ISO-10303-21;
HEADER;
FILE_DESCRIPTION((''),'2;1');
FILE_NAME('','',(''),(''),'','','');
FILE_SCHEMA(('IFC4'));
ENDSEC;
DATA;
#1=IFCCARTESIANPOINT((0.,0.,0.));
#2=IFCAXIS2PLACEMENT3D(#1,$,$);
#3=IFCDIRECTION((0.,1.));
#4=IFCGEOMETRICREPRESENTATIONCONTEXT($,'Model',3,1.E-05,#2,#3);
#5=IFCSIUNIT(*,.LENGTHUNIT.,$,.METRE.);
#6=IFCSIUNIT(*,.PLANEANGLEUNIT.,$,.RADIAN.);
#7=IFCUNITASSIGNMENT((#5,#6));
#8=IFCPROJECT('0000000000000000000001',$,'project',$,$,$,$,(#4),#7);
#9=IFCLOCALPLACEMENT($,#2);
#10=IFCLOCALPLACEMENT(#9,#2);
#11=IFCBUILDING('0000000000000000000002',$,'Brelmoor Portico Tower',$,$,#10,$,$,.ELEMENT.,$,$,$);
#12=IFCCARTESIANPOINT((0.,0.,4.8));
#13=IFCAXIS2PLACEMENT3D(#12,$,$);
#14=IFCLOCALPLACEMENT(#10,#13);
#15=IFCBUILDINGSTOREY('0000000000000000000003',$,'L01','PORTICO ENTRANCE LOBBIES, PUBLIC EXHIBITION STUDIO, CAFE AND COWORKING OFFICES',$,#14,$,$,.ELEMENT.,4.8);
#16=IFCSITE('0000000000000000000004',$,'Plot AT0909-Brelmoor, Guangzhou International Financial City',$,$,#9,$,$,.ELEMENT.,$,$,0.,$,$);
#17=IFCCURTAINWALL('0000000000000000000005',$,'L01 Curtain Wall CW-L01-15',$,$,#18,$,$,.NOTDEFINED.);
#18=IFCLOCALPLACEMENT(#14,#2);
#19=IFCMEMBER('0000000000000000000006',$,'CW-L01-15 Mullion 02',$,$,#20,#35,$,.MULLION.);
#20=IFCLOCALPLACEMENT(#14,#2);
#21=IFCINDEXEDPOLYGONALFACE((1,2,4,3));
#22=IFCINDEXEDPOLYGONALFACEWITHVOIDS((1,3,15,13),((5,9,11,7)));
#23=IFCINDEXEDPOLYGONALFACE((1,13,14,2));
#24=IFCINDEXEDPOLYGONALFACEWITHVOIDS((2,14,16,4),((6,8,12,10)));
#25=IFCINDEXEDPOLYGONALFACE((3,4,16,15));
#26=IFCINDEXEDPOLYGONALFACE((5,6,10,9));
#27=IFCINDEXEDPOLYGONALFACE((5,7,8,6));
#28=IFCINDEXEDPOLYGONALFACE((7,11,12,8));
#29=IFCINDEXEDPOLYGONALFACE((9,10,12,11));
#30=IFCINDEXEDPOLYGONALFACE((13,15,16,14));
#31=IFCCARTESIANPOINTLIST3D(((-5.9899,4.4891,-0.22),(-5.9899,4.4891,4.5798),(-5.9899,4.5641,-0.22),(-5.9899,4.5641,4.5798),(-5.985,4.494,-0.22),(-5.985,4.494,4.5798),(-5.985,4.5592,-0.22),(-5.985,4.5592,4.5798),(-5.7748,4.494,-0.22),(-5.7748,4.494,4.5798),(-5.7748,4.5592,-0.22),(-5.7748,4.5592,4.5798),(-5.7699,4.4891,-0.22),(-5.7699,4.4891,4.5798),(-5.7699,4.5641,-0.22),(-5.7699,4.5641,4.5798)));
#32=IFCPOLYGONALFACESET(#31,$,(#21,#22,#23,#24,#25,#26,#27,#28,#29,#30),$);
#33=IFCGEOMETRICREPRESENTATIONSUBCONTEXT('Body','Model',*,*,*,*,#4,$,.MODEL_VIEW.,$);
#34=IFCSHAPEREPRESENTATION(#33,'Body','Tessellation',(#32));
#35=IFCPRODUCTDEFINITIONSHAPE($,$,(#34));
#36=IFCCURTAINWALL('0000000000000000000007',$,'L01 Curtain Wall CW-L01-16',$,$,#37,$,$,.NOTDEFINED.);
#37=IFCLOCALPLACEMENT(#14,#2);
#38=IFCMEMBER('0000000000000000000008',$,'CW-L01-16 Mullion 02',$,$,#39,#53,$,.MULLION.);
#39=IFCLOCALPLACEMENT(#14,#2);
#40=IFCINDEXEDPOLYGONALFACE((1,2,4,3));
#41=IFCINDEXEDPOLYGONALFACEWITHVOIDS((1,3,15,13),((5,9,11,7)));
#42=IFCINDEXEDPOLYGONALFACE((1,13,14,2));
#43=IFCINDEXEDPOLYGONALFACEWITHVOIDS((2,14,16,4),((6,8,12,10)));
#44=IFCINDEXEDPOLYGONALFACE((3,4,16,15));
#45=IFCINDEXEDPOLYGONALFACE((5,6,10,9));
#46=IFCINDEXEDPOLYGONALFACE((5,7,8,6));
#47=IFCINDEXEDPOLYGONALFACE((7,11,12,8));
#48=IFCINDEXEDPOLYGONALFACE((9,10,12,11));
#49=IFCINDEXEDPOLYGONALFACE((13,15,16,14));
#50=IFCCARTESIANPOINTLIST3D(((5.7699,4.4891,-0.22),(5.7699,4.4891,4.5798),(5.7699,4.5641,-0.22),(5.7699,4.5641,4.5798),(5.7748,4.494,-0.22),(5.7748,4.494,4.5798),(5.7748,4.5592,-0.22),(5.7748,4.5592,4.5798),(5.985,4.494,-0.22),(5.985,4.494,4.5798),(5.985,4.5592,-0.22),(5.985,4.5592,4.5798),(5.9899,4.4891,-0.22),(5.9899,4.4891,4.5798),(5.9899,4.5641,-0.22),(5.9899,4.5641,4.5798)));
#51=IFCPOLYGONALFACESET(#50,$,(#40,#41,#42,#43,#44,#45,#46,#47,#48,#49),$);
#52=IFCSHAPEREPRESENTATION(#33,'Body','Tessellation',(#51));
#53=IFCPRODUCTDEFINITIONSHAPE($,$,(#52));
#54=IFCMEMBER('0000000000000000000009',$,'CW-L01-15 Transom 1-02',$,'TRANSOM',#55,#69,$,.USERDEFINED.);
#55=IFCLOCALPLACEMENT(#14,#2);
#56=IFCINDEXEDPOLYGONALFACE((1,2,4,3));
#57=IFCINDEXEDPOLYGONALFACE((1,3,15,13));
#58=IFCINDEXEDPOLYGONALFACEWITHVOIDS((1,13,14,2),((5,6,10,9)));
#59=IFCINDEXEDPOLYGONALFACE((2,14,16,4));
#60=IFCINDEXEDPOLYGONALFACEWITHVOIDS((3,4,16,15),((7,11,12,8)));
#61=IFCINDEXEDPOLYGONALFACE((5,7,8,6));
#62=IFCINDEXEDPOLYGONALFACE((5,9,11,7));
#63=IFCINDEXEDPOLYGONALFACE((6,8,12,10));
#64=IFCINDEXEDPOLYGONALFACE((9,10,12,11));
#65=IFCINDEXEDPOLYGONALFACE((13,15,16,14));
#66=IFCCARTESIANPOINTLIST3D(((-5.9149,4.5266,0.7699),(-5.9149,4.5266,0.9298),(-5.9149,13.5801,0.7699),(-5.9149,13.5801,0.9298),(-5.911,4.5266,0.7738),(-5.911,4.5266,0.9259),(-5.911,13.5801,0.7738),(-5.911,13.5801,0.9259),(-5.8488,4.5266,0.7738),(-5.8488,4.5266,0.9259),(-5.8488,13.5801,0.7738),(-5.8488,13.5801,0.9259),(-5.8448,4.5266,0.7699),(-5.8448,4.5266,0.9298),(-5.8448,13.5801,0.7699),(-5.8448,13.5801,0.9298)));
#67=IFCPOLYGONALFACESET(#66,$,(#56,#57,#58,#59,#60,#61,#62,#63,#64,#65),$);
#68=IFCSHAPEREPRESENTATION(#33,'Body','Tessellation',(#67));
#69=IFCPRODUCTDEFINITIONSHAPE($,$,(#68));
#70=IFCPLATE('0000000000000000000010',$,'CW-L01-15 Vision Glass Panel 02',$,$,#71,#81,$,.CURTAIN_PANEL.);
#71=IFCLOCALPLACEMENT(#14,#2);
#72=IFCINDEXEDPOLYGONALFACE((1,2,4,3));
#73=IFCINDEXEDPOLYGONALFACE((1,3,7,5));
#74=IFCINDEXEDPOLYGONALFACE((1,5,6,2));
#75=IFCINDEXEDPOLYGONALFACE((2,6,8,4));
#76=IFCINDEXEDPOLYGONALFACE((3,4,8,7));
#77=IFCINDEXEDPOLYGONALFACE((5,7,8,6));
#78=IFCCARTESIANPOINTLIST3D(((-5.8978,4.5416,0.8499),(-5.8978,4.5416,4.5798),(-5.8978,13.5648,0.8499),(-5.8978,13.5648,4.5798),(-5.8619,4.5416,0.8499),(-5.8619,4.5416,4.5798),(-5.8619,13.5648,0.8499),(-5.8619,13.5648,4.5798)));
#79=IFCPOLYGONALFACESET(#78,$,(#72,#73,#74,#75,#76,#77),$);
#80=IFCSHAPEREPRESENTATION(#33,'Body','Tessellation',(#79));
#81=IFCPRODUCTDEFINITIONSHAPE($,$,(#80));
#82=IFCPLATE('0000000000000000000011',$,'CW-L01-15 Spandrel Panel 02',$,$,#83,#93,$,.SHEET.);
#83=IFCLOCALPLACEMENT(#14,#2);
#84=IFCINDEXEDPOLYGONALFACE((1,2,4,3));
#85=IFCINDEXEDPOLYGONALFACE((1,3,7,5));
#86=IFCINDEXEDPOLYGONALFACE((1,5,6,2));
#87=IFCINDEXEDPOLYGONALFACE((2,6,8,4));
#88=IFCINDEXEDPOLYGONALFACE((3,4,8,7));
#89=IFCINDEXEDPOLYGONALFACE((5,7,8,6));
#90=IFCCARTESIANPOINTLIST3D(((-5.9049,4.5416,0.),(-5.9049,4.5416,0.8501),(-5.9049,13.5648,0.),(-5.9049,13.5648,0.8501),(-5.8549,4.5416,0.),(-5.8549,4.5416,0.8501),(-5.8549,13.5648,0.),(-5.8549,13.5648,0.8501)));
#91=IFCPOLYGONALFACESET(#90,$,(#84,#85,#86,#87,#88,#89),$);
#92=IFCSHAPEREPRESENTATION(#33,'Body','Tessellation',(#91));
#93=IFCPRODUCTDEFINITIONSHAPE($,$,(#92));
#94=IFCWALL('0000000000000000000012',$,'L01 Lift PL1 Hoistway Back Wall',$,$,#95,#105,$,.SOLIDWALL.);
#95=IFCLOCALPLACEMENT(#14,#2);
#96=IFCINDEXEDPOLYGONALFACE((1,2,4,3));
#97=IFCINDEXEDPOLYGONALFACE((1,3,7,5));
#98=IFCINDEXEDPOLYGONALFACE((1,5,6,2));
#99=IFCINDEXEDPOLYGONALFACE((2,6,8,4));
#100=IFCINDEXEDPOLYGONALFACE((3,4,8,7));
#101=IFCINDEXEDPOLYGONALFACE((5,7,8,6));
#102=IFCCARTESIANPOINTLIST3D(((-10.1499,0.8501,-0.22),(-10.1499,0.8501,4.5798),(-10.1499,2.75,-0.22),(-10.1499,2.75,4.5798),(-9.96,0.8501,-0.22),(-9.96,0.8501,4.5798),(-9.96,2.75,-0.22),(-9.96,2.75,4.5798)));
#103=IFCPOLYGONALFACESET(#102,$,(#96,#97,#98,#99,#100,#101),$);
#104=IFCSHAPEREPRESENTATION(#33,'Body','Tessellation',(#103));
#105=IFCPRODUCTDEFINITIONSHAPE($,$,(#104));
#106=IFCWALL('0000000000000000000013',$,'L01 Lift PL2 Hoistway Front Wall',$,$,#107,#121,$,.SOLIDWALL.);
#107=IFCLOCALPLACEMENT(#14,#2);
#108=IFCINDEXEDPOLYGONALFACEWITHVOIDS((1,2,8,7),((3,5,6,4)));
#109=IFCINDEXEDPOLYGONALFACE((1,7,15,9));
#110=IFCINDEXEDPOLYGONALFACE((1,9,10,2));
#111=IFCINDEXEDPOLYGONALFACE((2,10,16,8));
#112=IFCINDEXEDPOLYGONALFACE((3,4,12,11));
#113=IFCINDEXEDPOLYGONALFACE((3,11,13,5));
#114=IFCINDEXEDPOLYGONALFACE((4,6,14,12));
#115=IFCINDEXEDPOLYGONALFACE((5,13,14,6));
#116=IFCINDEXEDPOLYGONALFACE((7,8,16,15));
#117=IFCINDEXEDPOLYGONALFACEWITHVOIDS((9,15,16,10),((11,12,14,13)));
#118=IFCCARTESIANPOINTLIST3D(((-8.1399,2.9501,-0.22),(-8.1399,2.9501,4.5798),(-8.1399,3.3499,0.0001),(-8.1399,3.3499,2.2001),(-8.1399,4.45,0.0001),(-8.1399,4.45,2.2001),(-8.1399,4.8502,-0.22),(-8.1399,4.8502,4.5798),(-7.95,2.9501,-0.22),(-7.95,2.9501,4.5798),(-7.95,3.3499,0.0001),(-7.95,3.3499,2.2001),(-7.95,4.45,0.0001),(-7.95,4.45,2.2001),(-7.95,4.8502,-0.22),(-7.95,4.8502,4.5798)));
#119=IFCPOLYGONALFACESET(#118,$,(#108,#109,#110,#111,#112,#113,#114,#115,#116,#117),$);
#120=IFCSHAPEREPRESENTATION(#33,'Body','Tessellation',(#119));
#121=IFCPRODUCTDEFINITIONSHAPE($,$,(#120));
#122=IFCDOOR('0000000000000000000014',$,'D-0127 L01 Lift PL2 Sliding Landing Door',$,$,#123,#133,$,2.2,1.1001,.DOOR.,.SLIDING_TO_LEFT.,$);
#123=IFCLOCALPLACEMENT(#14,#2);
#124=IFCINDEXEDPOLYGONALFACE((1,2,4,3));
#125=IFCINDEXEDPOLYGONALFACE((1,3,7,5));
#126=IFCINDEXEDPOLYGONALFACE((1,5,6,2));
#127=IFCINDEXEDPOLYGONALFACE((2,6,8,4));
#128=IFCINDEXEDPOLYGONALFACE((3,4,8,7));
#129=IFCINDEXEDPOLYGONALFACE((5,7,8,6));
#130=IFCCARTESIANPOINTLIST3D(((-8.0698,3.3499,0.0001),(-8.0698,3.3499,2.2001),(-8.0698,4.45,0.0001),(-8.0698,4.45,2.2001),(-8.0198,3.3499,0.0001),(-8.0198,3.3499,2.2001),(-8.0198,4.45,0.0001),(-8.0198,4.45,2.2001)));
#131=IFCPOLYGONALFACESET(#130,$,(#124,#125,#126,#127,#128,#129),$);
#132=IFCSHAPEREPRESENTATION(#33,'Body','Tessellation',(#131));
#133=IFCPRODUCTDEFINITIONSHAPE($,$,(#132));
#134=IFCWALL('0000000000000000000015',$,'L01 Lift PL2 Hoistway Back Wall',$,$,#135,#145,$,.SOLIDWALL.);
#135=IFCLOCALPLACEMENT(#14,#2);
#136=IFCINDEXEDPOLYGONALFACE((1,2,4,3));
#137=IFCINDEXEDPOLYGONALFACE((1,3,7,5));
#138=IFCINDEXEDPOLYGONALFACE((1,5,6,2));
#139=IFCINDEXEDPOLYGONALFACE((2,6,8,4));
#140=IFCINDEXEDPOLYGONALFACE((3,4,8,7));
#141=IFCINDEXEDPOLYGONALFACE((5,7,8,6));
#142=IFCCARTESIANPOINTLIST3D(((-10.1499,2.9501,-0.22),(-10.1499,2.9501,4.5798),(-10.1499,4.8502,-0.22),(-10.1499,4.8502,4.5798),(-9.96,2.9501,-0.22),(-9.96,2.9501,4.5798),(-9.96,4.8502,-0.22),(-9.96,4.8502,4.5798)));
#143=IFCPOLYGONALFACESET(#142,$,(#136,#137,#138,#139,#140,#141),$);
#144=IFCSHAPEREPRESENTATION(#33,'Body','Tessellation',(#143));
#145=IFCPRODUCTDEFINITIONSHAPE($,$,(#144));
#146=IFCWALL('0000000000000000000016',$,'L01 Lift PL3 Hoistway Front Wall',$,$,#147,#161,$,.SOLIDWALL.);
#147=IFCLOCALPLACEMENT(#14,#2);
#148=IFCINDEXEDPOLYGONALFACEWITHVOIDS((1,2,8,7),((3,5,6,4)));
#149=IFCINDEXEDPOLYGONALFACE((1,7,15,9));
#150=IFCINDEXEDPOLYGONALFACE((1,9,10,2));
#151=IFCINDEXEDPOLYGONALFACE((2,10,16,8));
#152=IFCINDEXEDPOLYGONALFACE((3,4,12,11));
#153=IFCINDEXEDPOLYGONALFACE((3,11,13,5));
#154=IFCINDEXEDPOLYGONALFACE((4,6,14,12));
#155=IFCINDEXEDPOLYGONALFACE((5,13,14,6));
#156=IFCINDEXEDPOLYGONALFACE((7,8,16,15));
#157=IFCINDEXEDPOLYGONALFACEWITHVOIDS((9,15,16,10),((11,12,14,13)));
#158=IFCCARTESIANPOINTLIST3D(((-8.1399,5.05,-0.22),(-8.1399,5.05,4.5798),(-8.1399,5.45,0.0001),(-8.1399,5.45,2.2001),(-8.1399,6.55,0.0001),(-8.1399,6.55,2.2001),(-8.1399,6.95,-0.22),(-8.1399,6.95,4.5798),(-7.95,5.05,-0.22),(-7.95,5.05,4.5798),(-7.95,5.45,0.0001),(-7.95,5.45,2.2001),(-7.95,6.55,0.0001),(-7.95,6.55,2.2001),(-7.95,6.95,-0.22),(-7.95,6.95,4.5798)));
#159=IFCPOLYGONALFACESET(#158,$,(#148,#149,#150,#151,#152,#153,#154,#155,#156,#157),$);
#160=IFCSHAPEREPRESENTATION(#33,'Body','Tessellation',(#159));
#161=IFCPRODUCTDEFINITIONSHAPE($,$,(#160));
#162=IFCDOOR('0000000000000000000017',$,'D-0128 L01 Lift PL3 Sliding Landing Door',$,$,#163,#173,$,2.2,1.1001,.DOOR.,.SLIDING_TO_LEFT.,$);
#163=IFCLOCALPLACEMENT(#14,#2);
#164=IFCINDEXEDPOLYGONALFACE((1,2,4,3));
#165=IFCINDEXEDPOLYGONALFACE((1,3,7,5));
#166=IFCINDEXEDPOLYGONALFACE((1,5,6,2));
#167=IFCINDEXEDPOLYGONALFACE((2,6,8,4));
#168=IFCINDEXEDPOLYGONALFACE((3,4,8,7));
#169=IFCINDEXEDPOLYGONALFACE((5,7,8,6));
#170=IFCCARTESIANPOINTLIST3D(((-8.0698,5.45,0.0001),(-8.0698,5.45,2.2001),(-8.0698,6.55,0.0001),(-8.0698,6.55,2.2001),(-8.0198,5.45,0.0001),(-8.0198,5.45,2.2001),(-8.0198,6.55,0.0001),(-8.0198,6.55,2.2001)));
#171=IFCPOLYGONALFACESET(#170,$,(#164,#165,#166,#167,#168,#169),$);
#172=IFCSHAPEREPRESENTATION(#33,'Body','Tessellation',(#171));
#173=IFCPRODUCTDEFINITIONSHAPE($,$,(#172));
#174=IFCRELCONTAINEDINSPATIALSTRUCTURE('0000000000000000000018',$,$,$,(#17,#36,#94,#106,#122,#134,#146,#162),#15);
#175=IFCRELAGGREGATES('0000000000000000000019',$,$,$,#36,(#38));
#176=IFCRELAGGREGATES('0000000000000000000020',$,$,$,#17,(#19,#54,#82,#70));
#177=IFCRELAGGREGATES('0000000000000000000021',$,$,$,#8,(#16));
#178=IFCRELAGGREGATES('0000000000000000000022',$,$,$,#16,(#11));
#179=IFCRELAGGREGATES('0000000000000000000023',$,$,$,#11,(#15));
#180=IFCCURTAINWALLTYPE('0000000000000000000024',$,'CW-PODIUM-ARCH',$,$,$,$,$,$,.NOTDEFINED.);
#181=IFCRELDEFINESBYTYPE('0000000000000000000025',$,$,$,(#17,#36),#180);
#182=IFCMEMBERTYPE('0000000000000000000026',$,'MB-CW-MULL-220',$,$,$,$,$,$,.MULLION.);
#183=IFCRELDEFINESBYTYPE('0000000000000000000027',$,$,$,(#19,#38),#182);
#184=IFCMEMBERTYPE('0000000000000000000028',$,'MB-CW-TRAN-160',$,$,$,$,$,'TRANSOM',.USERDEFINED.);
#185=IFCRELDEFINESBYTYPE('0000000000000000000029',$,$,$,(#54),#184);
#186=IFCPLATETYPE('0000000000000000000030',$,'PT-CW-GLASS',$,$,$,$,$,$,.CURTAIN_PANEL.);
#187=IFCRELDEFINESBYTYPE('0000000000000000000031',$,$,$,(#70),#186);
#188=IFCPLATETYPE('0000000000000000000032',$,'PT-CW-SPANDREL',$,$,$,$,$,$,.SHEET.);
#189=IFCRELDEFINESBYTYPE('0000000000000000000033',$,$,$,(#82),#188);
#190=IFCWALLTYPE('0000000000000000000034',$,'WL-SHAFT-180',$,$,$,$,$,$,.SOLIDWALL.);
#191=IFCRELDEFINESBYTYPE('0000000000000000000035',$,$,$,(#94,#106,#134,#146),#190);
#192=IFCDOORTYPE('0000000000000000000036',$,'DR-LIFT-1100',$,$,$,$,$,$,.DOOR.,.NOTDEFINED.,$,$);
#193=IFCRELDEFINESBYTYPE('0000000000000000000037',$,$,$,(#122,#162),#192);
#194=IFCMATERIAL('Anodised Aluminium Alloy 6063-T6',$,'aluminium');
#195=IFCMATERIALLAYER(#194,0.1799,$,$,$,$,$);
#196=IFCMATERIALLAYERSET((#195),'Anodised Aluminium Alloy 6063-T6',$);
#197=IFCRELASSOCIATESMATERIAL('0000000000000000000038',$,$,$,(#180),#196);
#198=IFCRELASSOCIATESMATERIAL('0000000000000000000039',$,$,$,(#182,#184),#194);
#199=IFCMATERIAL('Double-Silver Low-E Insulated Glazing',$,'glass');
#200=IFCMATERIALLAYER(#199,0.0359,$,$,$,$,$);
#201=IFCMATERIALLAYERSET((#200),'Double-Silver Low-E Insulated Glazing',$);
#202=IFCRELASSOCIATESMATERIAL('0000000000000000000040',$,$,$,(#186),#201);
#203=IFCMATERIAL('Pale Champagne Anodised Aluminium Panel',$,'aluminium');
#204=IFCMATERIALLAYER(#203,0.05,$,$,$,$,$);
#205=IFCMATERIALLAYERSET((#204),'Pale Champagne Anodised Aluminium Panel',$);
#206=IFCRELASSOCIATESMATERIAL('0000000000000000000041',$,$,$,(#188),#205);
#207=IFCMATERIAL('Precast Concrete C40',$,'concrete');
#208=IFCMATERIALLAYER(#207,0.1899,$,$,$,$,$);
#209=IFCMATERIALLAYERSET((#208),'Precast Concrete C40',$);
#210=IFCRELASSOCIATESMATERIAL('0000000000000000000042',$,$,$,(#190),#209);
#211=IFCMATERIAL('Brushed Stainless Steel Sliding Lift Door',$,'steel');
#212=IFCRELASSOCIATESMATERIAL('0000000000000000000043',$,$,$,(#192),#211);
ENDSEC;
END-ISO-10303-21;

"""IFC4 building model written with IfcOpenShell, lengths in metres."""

from ifc_helpers import new_model, si_unit, direction, frame, frame_2d, origin, origin_2d, place, context, subcontext, project, spatial, rectangle, hollow_rectangle, extrude, material, layer, layer_set, material_profile, profile_set, type_object, element, fill, aggregate, save


model = new_model("IFC4")

# Units and contexts
model_context = context("Model", 3, precision=1e-05, world=origin(), true_north=direction((0.0, 1.0)))
body_context = subcontext(model_context, "Body", "Model", "MODEL_VIEW")
ifc_project = project(units=[si_unit("LENGTHUNIT", "METRE"), si_unit("PLANEANGLEUNIT", "RADIAN")], contexts=[model_context])

# Site, building, storey
site_placement = place(None, origin())
site = spatial("IfcSite", under=ifc_project, at=site_placement, Name="Plot AT0909-Brelmoor, Guangzhou International Financial City", CompositionType="ELEMENT", RefElevation=0.0)
building_placement = place(site_placement, origin())
building = spatial("IfcBuilding", under=site, at=building_placement, Name="Brelmoor Portico Tower", CompositionType="ELEMENT")
storey_placement = place(building_placement, frame((0.0, 0.0, 4.8)))
storey = spatial("IfcBuildingStorey", under=building, at=storey_placement, Name="L01", Description="PORTICO ENTRANCE LOBBIES, PUBLIC EXHIBITION STUDIO, CAFE AND COWORKING OFFICES", CompositionType="ELEMENT", Elevation=4.8)

# Curtain walls, members
ifc_material_1 = material(Name="Anodised Aluminium Alloy 6063-T6", Category="aluminium")
ifc_layer_1 = layer(ifc_material_1, 0.1799)
ifc_layer_set_1 = layer_set([ifc_layer_1], Name="Anodised Aluminium Alloy 6063-T6")
curtain_wall_type = type_object("IfcCurtainWallType", Name="CW-PODIUM-ARCH", PredefinedType="NOTDEFINED", material=ifc_layer_set_1)
curtain_wall_1_placement = place(storey_placement, origin())
curtain_wall_1 = element("IfcCurtainWall", 1, at=curtain_wall_1_placement, inside=storey, type_object=curtain_wall_type, Name="L01 Curtain Wall CW-L01-15", PredefinedType="NOTDEFINED")
ifc_material_profile_1 = material_profile(ifc_material_1, hollow_rectangle(XDim=0.075, YDim=0.22, WallThickness=0.0049, at=origin_2d()), Name="ALU MULLION 75x220")
ifc_profile_set_1 = profile_set([ifc_material_profile_1], Name="Anodised Aluminium Alloy 6063-T6")
member_type_1 = type_object("IfcMemberType", Name="MB-CW-MULL-220", PredefinedType="MULLION", material=ifc_profile_set_1)
member_1_placement = place(storey_placement, frame((-5.8799, 4.5266, -0.22), z_axis=(0.0, 0.0, 1.0), x_axis=(0.0, 1.0, 0.0)))
member_1 = element("IfcMember", 2, at=member_1_placement, type_object=member_type_1, Name="CW-L01-15 Mullion 02", PredefinedType="MULLION", context=body_context, shape_type="SweptSolid", body=[
    extrude(hollow_rectangle(XDim=0.075, YDim=0.22, WallThickness=0.0049, at=origin_2d()), origin(), (0.0, 0.0, 1.0), 4.7998),
])
curtain_wall_2_placement = place(storey_placement, origin())
curtain_wall_2 = element("IfcCurtainWall", 3, at=curtain_wall_2_placement, inside=storey, type_object=curtain_wall_type, Name="L01 Curtain Wall CW-L01-16", PredefinedType="NOTDEFINED")
member_2_placement = place(storey_placement, frame((5.8799, 4.5266, -0.22), z_axis=(0.0, 0.0, 1.0), x_axis=(0.0, 1.0, 0.0)))
member_2 = element("IfcMember", 4, at=member_2_placement, type_object=member_type_1, Name="CW-L01-16 Mullion 02", PredefinedType="MULLION", context=body_context, shape_type="SweptSolid", body=[
    extrude(hollow_rectangle(XDim=0.075, YDim=0.22, WallThickness=0.0049, at=origin_2d()), origin(), (0.0, 0.0, 1.0), 4.7998),
])
aggregate(curtain_wall_2, [member_2])

# Member
ifc_material_profile_2 = material_profile(ifc_material_1, hollow_rectangle(XDim=0.0701, YDim=0.1599, WallThickness=0.0039, at=origin_2d()), Name="ALU TRANSOM 70x160")
ifc_profile_set_2 = profile_set([ifc_material_profile_2], Name="Anodised Aluminium Alloy 6063-T6")
member_type_2 = type_object("IfcMemberType", Name="MB-CW-TRAN-160", ElementType="TRANSOM", PredefinedType="USERDEFINED", material=ifc_profile_set_2)
member_3_placement = place(storey_placement, frame((-5.8799, 4.5266, 0.8499), z_axis=(0.0, 1.0, 0.0), x_axis=(-1.0, 0.0, 0.0)))
member_3 = element("IfcMember", 5, at=member_3_placement, type_object=member_type_2, Name="CW-L01-15 Transom 1-02", ObjectType="TRANSOM", PredefinedType="USERDEFINED", context=body_context, shape_type="SweptSolid", body=[
    extrude(hollow_rectangle(XDim=0.0701, YDim=0.1599, WallThickness=0.0039, at=origin_2d()), origin(), (0.0, 0.0, 1.0), 9.0535),
])

# Plates
ifc_material_2 = material(Name="Double-Silver Low-E Insulated Glazing", Category="glass")
ifc_layer_2 = layer(ifc_material_2, 0.0359)
ifc_layer_set_2 = layer_set([ifc_layer_2], Name="Double-Silver Low-E Insulated Glazing")
plate_type_1 = type_object("IfcPlateType", Name="PT-CW-GLASS", PredefinedType="CURTAIN_PANEL", material=ifc_layer_set_2)
plate_1_placement = place(storey_placement, frame((-5.8799, 9.0532, 0.8499), z_axis=(0.0, 0.0, 1.0), x_axis=(0.0, 1.0, 0.0)))
plate_1 = element("IfcPlate", 6, at=plate_1_placement, type_object=plate_type_1, Name="CW-L01-15 Vision Glass Panel 02", PredefinedType="CURTAIN_PANEL", context=body_context, shape_type="SweptSolid", body=[
    extrude(rectangle(XDim=9.0232, YDim=0.0359, at=origin_2d()), origin(), (0.0, 0.0, 1.0), 3.73),
])
ifc_material_3 = material(Name="Pale Champagne Anodised Aluminium Panel", Category="aluminium")
ifc_layer_3 = layer(ifc_material_3, 0.05)
ifc_layer_set_3 = layer_set([ifc_layer_3], Name="Pale Champagne Anodised Aluminium Panel")
plate_type_2 = type_object("IfcPlateType", Name="PT-CW-SPANDREL", PredefinedType="SHEET", material=ifc_layer_set_3)
plate_2_placement = place(storey_placement, frame((-5.8799, 9.0532, 0.0), z_axis=(0.0, 0.0, 1.0), x_axis=(0.0, 1.0, 0.0)))
plate_2 = element("IfcPlate", 7, at=plate_2_placement, type_object=plate_type_2, Name="CW-L01-15 Spandrel Panel 02", PredefinedType="SHEET", context=body_context, shape_type="SweptSolid", body=[
    extrude(rectangle(XDim=9.0232, YDim=0.05, at=origin_2d()), origin(), (0.0, 0.0, 1.0), 0.8501),
])
aggregate(curtain_wall_1, [member_1, member_3, plate_2, plate_1])

# Wall
ifc_material_4 = material(Name="Precast Concrete C40", Category="concrete")
ifc_layer_4 = layer(ifc_material_4, 0.1899)
ifc_layer_set_4 = layer_set([ifc_layer_4], Name="Precast Concrete C40")
wall_type_1 = type_object("IfcWallType", Name="WL-SHAFT-180", PredefinedType="SOLIDWALL", material=ifc_layer_set_4)
wall_1_placement = place(storey_placement, frame((-10.0549, 0.8501, -0.22), z_axis=(0.0, 0.0, 1.0), x_axis=(0.0, 1.0, 0.0)))
element("IfcWall", 8, at=wall_1_placement, inside=storey, type_object=wall_type_1, Name="L01 Lift PL1 Hoistway Back Wall", PredefinedType="SOLIDWALL", context=body_context, shape_type="SweptSolid", body=[
    extrude(rectangle(XDim=1.8999, YDim=0.1899, at=frame_2d((0.95, 0.0))), origin(), (0.0, 0.0, 1.0), 4.7998),
])

# Wall, opening, door
wall_2_placement = place(storey_placement, frame((-8.0449, 2.95, -0.22), z_axis=(0.0, 0.0, 1.0), x_axis=(0.0, 1.0, 0.0)))
wall_2 = element("IfcWall", 9, at=wall_2_placement, inside=storey, type_object=wall_type_1, Name="L01 Lift PL2 Hoistway Front Wall", PredefinedType="SOLIDWALL", context=body_context, shape_type="SweptSolid", body=[
    extrude(rectangle(XDim=1.9001, YDim=0.1899, at=frame_2d((0.9502, 0.0))), origin(), (0.0, 0.0, 1.0), 4.7998),
])
opening_1_placement = place(wall_2_placement, frame((0.3999, 0.0, 0.22)))
opening_1 = element("IfcOpeningElement", 10, at=opening_1_placement, cuts=wall_2, PredefinedType="OPENING", context=body_context, shape_type="SweptSolid", body=[
    extrude(rectangle(XDim=1.1001, YDim=2.2, at=frame_2d((0.55, 1.1001))), frame((0.0, 0.105, 0.0), z_axis=(0.0, -1.0, 0.0), x_axis=(1.0, 0.0, 0.0)), (0.0, 0.0, 1.0), 0.21),
])
ifc_material_5 = material(Name="Brushed Stainless Steel Sliding Lift Door", Category="steel")
door_type_1 = type_object("IfcDoorType", Name="DR-LIFT-1100", OperationType="NOTDEFINED", PredefinedType="DOOR", material=ifc_material_5)
door_1_placement = place(opening_1_placement, origin())
door_1 = element("IfcDoor", 11, at=door_1_placement, inside=storey, type_object=door_type_1, Name="D-0127 L01 Lift PL2 Sliding Landing Door", OperationType="SLIDING_TO_LEFT", OverallHeight=2.2, OverallWidth=1.1001, PredefinedType="DOOR", context=body_context, shape_type="SweptSolid", body=[
    extrude(rectangle(XDim=1.1001, YDim=2.2, at=frame_2d((0.55, 1.1001))), frame((0.0, 0.0249, 0.0), z_axis=(0.0, -1.0, 0.0), x_axis=(1.0, 0.0, 0.0)), (0.0, 0.0, 1.0), 0.05),
])
fill(opening_1, door_1)

# Wall
wall_3_placement = place(storey_placement, frame((-10.0549, 2.95, -0.22), z_axis=(0.0, 0.0, 1.0), x_axis=(0.0, 1.0, 0.0)))
element("IfcWall", 12, at=wall_3_placement, inside=storey, type_object=wall_type_1, Name="L01 Lift PL2 Hoistway Back Wall", PredefinedType="SOLIDWALL", context=body_context, shape_type="SweptSolid", body=[
    extrude(rectangle(XDim=1.9001, YDim=0.1899, at=frame_2d((0.9502, 0.0))), origin(), (0.0, 0.0, 1.0), 4.7998),
])

# Wall, opening, door
wall_4_placement = place(storey_placement, frame((-8.0449, 5.05, -0.22), z_axis=(0.0, 0.0, 1.0), x_axis=(0.0, 1.0, 0.0)))
wall_4 = element("IfcWall", 13, at=wall_4_placement, inside=storey, type_object=wall_type_1, Name="L01 Lift PL3 Hoistway Front Wall", PredefinedType="SOLIDWALL", context=body_context, shape_type="SweptSolid", body=[
    extrude(rectangle(XDim=1.8999, YDim=0.1899, at=frame_2d((0.95, 0.0))), origin(), (0.0, 0.0, 1.0), 4.7998),
])
opening_2_placement = place(wall_4_placement, frame((0.3999, 0.0, 0.22)))
opening_2 = element("IfcOpeningElement", 14, at=opening_2_placement, cuts=wall_4, PredefinedType="OPENING", context=body_context, shape_type="SweptSolid", body=[
    extrude(rectangle(XDim=1.1001, YDim=2.2, at=frame_2d((0.55, 1.1001))), frame((0.0, 0.105, 0.0), z_axis=(0.0, -1.0, 0.0), x_axis=(1.0, 0.0, 0.0)), (0.0, 0.0, 1.0), 0.21),
])
door_2_placement = place(opening_2_placement, origin())
door_2 = element("IfcDoor", 15, at=door_2_placement, inside=storey, type_object=door_type_1, Name="D-0128 L01 Lift PL3 Sliding Landing Door", OperationType="SLIDING_TO_LEFT", OverallHeight=2.2, OverallWidth=1.1001, PredefinedType="DOOR", context=body_context, shape_type="SweptSolid", body=[
    extrude(rectangle(XDim=1.1001, YDim=2.2, at=frame_2d((0.55, 1.1001))), frame((0.0, 0.0249, 0.0), z_axis=(0.0, -1.0, 0.0), x_axis=(1.0, 0.0, 0.0)), (0.0, 0.0, 1.0), 0.05),
])
fill(opening_2, door_2)

save(model, "model.ifc")
